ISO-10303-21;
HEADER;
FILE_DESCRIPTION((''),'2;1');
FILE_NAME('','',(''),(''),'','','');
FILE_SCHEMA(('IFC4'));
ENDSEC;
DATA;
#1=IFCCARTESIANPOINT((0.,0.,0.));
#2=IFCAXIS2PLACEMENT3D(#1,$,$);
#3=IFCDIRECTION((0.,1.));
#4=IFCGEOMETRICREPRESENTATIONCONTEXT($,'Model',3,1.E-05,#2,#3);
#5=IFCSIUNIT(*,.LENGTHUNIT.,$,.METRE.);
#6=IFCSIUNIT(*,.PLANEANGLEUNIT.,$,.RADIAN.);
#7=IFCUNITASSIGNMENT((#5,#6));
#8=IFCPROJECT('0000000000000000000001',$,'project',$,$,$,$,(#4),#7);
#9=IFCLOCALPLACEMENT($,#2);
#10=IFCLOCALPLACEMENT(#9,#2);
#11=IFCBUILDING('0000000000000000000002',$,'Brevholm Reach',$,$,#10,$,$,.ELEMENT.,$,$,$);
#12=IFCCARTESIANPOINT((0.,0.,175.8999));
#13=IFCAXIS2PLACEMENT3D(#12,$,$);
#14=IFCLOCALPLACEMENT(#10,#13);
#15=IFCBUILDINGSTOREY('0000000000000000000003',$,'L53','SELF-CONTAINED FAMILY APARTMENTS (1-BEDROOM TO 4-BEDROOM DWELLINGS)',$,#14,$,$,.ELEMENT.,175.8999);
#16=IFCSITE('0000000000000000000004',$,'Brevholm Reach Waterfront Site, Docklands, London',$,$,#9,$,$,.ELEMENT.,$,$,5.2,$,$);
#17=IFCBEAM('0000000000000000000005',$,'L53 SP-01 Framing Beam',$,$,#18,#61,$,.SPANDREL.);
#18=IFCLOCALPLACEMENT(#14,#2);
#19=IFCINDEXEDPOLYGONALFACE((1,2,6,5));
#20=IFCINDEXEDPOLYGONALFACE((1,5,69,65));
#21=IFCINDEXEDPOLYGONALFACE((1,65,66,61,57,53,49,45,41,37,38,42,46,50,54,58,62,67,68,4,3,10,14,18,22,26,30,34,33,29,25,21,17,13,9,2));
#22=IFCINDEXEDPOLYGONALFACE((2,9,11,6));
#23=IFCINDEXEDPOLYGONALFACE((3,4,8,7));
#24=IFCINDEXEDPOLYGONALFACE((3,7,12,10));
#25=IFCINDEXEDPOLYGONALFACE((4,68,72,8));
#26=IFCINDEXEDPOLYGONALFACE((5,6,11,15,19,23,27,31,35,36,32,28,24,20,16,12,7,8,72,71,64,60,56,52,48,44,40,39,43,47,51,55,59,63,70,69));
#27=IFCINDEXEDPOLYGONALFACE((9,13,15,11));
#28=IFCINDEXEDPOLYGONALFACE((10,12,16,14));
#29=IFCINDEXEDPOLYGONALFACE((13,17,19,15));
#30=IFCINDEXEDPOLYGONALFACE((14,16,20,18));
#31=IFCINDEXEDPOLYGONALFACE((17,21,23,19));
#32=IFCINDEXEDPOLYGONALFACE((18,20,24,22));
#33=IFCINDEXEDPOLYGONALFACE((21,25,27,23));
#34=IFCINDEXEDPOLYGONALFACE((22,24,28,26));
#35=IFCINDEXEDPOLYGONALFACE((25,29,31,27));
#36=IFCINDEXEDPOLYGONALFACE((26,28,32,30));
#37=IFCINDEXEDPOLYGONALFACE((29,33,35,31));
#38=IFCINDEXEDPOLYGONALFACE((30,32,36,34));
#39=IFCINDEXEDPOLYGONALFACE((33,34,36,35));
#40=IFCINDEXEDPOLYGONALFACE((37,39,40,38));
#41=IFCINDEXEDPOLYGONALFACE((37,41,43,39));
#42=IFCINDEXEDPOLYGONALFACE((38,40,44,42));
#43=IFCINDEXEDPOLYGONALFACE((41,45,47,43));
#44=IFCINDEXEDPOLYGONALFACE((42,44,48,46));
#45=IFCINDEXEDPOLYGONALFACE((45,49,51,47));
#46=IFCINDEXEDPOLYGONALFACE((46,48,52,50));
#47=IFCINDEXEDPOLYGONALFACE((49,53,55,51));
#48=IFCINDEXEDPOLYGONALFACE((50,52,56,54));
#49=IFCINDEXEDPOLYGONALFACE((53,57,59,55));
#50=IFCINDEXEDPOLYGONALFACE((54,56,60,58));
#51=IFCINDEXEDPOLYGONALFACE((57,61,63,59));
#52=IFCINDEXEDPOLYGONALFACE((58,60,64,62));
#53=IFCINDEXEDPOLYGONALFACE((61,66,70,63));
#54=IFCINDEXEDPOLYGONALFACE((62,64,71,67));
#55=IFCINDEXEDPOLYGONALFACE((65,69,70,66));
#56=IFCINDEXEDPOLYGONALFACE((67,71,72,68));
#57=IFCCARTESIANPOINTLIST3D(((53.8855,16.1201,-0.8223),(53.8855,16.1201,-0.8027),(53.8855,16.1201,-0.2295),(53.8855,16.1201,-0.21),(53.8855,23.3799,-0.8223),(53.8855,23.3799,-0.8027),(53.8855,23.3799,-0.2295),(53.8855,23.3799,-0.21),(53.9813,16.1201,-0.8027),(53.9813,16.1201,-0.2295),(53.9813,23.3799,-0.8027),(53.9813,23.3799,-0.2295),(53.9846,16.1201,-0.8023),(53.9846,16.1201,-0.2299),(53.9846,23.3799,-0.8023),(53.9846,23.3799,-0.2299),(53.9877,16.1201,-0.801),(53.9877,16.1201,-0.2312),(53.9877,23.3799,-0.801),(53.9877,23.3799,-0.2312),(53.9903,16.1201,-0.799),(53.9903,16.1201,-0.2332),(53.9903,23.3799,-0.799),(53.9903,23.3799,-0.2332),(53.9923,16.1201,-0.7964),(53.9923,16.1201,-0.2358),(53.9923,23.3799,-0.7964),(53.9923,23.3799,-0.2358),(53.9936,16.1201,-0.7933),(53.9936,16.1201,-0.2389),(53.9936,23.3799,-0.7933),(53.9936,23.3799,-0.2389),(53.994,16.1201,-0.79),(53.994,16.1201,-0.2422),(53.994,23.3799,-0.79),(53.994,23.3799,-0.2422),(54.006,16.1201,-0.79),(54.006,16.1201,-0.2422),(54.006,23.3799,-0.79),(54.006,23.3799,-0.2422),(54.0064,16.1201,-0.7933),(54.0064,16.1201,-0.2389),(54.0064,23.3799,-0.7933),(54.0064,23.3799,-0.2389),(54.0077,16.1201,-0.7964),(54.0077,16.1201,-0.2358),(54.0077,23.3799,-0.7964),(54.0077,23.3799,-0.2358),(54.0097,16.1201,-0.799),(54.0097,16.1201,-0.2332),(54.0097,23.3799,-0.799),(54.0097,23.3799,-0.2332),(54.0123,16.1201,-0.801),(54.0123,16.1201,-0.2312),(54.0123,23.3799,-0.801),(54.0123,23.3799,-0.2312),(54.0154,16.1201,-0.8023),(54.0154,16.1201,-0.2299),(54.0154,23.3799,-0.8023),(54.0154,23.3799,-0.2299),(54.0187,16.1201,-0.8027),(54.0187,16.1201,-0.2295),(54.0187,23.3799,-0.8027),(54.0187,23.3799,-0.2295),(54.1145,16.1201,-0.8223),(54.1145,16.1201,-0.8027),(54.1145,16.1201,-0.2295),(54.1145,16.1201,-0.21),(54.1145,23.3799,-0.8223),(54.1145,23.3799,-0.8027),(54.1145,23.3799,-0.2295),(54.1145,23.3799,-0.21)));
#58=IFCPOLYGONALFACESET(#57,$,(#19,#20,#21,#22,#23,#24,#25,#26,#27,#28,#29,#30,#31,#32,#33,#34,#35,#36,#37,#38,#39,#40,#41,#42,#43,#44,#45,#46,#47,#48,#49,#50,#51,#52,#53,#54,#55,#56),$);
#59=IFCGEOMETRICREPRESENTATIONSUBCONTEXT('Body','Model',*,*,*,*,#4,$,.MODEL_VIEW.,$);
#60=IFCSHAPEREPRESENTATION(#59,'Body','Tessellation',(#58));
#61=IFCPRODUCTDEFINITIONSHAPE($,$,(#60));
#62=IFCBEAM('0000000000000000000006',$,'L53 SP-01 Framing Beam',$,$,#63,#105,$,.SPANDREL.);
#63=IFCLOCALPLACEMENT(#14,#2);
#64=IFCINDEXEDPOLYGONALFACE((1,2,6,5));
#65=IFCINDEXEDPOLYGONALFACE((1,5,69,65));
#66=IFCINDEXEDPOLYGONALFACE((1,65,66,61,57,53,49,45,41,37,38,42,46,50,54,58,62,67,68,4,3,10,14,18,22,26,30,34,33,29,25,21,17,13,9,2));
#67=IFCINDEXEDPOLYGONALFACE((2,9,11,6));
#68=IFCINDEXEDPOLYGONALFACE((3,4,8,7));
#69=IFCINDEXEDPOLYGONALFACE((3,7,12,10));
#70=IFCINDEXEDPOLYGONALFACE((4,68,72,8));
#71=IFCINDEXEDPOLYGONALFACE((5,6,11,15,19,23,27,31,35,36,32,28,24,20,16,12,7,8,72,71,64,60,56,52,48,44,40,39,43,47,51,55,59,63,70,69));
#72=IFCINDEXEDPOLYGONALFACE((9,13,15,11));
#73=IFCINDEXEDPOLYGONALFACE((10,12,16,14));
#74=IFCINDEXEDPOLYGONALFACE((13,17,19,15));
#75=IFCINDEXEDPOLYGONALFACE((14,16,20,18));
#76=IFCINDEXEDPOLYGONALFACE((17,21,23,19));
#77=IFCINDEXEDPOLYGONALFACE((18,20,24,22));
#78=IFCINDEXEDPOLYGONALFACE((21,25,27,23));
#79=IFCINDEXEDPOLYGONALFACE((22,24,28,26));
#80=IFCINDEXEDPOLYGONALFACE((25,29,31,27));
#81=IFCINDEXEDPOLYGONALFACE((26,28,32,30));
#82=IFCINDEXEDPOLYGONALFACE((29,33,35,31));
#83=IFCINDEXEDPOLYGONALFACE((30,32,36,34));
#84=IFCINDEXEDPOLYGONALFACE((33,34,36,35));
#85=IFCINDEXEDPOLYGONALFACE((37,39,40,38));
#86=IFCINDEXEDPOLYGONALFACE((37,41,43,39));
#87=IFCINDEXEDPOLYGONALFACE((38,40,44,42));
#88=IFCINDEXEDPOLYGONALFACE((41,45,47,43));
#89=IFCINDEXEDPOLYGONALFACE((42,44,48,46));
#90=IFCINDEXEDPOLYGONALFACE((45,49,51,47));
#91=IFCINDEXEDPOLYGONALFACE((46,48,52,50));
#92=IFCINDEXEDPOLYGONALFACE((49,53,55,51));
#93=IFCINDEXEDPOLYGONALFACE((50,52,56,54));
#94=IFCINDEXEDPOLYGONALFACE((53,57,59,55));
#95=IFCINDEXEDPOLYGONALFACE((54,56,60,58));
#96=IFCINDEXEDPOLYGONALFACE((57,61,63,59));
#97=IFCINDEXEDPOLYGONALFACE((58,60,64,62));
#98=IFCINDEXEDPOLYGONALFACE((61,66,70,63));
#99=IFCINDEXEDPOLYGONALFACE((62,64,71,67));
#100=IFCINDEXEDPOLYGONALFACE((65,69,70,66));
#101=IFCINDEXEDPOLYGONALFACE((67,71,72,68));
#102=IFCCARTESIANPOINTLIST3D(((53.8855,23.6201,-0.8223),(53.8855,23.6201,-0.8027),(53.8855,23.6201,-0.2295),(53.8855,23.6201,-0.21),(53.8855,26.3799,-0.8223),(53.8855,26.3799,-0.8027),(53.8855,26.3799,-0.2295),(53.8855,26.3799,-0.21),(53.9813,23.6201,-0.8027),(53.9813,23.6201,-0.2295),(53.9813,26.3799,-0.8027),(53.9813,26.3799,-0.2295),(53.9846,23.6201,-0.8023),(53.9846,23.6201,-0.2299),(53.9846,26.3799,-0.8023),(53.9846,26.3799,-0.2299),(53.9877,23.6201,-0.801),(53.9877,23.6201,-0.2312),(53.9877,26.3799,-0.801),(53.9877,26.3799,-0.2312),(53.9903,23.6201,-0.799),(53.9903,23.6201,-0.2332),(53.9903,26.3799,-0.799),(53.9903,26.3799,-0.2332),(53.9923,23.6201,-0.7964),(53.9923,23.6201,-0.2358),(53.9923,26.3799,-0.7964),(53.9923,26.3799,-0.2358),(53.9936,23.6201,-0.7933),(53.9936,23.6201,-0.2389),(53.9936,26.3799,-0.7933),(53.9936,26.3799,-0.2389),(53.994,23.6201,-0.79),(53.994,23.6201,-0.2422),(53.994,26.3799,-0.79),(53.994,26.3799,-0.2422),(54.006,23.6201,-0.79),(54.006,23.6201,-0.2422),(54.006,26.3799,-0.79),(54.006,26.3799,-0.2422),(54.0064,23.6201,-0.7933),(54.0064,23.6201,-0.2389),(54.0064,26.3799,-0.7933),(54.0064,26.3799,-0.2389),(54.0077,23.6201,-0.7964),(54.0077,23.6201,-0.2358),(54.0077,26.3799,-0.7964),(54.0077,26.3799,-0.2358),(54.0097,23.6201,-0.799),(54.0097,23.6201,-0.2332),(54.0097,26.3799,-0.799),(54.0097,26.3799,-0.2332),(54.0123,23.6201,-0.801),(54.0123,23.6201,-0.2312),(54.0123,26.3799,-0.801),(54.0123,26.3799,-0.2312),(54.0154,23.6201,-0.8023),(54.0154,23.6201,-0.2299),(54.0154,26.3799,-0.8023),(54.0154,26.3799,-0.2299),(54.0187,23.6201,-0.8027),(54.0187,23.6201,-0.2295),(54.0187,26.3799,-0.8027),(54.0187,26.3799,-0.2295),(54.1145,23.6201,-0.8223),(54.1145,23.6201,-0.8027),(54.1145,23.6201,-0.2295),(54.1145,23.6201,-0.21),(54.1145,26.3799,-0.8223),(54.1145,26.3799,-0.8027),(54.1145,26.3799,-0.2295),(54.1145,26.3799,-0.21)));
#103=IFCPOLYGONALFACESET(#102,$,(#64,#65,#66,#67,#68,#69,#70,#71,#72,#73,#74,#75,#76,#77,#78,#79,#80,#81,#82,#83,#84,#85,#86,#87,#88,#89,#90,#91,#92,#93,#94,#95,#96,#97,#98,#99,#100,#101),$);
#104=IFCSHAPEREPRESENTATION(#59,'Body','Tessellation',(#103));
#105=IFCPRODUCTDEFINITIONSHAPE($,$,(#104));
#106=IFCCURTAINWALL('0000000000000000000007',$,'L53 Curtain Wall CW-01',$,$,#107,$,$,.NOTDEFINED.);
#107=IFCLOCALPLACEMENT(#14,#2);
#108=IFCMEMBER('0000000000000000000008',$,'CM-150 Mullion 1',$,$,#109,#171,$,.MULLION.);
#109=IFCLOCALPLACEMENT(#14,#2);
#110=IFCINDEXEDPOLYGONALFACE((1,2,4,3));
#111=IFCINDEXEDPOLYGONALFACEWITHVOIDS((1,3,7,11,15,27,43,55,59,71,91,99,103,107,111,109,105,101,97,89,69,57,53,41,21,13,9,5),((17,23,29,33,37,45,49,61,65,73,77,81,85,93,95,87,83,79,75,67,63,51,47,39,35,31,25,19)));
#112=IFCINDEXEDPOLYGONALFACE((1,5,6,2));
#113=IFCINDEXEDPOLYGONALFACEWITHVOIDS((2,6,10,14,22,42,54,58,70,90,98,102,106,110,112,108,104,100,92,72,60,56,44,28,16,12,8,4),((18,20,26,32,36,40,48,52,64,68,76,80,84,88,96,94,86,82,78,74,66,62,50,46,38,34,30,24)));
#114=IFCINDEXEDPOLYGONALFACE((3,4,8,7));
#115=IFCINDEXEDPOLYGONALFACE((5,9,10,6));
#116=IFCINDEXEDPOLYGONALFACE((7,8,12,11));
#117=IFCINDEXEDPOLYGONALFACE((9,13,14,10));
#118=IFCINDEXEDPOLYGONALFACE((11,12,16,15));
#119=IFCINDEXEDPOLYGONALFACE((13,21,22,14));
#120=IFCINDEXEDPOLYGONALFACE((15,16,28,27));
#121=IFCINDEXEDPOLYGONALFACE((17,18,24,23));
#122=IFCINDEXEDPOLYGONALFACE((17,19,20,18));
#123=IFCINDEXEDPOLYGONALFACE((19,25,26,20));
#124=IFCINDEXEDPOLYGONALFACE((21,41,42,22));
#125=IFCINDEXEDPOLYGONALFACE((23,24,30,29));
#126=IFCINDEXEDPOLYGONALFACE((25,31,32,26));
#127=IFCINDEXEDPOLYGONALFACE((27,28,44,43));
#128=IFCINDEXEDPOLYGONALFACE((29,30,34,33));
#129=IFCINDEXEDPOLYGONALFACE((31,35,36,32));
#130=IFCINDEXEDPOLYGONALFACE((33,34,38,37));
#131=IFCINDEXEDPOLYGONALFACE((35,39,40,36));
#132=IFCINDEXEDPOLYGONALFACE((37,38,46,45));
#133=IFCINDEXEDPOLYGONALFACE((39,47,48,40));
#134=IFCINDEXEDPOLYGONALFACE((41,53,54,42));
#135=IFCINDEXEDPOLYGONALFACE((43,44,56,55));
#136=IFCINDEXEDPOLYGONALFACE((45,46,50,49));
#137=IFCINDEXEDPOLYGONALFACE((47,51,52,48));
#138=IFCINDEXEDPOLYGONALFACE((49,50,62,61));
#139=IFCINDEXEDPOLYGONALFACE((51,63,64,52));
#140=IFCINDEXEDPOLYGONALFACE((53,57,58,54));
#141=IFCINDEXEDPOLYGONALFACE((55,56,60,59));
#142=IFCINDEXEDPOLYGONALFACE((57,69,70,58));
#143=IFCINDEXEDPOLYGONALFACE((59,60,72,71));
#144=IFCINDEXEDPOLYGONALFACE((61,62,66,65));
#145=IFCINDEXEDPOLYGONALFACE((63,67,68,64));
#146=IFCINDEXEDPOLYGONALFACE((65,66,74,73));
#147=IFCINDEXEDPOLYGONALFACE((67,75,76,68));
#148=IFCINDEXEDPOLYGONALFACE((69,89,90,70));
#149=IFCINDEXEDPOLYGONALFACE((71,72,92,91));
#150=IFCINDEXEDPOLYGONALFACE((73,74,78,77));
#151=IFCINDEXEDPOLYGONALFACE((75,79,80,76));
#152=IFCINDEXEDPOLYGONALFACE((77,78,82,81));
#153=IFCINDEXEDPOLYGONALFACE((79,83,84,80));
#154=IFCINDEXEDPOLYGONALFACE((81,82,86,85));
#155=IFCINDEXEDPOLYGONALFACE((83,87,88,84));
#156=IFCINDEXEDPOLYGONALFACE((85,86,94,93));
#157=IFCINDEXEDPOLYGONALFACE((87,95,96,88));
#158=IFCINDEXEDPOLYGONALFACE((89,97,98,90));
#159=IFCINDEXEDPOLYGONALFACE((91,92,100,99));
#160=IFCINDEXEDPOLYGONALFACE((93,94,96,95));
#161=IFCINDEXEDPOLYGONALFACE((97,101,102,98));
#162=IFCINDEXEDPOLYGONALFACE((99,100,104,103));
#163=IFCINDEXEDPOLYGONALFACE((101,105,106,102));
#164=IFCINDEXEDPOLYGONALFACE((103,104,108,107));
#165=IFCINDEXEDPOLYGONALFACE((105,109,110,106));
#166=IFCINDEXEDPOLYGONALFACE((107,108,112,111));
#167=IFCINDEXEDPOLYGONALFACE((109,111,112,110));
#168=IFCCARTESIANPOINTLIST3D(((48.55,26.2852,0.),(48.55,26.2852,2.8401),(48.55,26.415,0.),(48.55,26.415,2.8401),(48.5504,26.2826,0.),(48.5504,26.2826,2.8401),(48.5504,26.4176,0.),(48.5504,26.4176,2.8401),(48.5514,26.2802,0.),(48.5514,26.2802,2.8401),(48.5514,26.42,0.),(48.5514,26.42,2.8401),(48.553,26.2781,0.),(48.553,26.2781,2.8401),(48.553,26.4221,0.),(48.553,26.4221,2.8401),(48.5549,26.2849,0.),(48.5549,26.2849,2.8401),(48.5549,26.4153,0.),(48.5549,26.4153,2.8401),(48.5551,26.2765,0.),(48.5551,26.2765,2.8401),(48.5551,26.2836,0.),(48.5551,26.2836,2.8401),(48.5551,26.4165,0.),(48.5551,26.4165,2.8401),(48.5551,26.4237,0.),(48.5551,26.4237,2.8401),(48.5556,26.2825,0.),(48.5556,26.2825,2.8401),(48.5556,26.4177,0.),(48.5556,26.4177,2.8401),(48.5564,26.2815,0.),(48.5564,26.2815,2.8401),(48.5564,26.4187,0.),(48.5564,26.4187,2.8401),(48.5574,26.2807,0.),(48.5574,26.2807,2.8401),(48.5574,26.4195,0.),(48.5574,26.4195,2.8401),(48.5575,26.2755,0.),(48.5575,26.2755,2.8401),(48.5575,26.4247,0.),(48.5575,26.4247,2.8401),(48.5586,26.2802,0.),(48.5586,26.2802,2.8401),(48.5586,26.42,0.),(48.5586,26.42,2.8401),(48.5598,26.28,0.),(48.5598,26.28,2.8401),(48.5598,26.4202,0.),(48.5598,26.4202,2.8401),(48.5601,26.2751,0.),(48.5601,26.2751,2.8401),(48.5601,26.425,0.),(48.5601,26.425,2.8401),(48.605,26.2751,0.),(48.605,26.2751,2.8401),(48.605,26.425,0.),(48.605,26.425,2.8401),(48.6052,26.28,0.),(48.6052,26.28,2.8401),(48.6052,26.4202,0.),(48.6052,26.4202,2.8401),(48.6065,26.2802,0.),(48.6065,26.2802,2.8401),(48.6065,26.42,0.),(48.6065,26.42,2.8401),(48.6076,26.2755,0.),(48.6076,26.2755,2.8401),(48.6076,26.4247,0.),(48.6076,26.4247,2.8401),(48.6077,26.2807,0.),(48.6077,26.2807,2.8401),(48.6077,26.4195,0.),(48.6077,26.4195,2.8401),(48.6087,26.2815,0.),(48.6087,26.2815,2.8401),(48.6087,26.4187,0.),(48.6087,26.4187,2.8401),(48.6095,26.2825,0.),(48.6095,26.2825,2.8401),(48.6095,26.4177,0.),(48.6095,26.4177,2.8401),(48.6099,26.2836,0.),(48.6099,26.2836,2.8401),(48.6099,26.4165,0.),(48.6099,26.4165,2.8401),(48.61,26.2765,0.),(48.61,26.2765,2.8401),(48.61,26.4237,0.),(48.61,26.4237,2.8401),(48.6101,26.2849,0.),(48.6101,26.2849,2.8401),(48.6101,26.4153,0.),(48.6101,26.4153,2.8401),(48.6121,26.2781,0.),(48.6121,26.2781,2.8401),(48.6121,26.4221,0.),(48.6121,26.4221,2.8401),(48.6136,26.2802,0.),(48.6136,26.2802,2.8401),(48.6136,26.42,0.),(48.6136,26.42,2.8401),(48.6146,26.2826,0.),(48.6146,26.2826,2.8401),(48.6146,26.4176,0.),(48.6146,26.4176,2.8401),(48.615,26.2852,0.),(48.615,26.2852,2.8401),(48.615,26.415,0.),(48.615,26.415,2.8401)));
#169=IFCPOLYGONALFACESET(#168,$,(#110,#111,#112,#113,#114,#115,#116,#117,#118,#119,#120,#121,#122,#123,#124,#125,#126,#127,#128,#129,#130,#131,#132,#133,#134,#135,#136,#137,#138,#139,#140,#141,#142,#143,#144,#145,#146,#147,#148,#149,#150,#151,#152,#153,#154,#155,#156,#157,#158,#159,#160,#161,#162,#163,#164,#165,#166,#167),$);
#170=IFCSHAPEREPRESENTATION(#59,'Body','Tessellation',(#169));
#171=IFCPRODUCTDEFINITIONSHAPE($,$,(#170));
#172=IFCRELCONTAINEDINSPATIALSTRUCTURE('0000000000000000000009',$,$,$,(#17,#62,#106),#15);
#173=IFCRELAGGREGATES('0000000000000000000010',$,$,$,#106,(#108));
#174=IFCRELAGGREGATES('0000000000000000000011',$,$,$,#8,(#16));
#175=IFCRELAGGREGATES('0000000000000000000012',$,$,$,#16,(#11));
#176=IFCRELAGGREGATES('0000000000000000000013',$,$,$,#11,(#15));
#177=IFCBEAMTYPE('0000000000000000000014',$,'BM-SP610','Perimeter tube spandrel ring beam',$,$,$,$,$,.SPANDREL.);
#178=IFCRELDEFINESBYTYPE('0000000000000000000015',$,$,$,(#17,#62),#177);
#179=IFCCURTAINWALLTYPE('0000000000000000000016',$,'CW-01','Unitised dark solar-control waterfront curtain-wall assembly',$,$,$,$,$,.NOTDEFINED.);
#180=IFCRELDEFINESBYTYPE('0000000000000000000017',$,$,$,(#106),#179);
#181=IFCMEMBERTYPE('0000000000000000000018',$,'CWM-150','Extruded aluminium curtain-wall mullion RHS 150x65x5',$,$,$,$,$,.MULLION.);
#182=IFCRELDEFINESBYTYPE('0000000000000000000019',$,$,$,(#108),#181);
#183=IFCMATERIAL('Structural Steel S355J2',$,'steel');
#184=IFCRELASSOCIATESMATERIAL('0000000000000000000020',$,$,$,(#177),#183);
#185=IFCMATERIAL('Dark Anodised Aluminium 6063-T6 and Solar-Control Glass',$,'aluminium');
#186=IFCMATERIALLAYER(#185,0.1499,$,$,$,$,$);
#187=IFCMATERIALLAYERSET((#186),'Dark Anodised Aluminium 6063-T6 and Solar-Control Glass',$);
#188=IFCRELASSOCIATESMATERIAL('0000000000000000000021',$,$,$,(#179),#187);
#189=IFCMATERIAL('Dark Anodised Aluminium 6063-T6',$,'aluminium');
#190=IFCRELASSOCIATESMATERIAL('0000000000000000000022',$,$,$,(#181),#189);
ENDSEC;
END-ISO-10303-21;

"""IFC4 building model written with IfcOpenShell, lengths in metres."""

from ifc_helpers import new_model, si_unit, direction, frame, origin, origin_2d, place, context, subcontext, project, spatial, hollow_rectangle, i_section, extrude, material, layer, layer_set, material_profile, profile_set, type_object, element, aggregate, save


model = new_model("IFC4")

# Units and contexts
model_context = context("Model", 3, precision=1e-05, world=origin(), true_north=direction((0.0, 1.0)))
body_context = subcontext(model_context, "Body", "Model", "MODEL_VIEW")
ifc_project = project(units=[si_unit("LENGTHUNIT", "METRE"), si_unit("PLANEANGLEUNIT", "RADIAN")], contexts=[model_context])

# Site, building, storey
site_placement = place(None, origin())
site = spatial("IfcSite", under=ifc_project, at=site_placement, Name="Brevholm Reach Waterfront Site, Docklands, London", CompositionType="ELEMENT", RefElevation=5.2)
building_placement = place(site_placement, origin())
building = spatial("IfcBuilding", under=site, at=building_placement, Name="Brevholm Reach", CompositionType="ELEMENT")
storey_placement = place(building_placement, frame((0.0, 0.0, 175.8999)))
storey = spatial("IfcBuildingStorey", under=building, at=storey_placement, Name="L53", Description="SELF-CONTAINED FAMILY APARTMENTS (1-BEDROOM TO 4-BEDROOM DWELLINGS)", CompositionType="ELEMENT", Elevation=175.8999)

# Beams
ifc_material_1 = material(Name="Structural Steel S355J2", Category="steel")
ifc_material_profile_1 = material_profile(ifc_material_1, i_section(OverallWidth=0.229, OverallDepth=0.6123, WebThickness=0.012, FlangeThickness=0.0195, FilletRadius=0.0127, at=origin_2d()), Name="UKB 610x229x125")
ifc_profile_set_1 = profile_set([ifc_material_profile_1], Name="Structural Steel S355J2")
beam_type_1 = type_object("IfcBeamType", Name="BM-SP610", Description="Perimeter tube spandrel ring beam", PredefinedType="SPANDREL", material=ifc_profile_set_1)
beam_1_placement = place(storey_placement, frame((54.0, 16.1201, -0.5161), z_axis=(0.0, 1.0, 0.0), x_axis=(-1.0, 0.0, 0.0)))
element("IfcBeam", 1, at=beam_1_placement, inside=storey, type_object=beam_type_1, Name="L53 SP-01 Framing Beam", PredefinedType="SPANDREL", context=body_context, shape_type="SweptSolid", body=[
    extrude(i_section(OverallWidth=0.229, OverallDepth=0.6123, WebThickness=0.012, FlangeThickness=0.0195, FilletRadius=0.0127, at=origin_2d()), origin(), (0.0, 0.0, 1.0), 7.2598),
])
beam_2_placement = place(storey_placement, frame((54.0, 23.6201, -0.5161), z_axis=(0.0, 1.0, 0.0), x_axis=(-1.0, 0.0, 0.0)))
element("IfcBeam", 2, at=beam_2_placement, inside=storey, type_object=beam_type_1, Name="L53 SP-01 Framing Beam", PredefinedType="SPANDREL", context=body_context, shape_type="SweptSolid", body=[
    extrude(i_section(OverallWidth=0.229, OverallDepth=0.6123, WebThickness=0.012, FlangeThickness=0.0195, FilletRadius=0.0127, at=origin_2d()), origin(), (0.0, 0.0, 1.0), 2.7598),
])

# Curtain wall, member
ifc_material_2 = material(Name="Dark Anodised Aluminium 6063-T6 and Solar-Control Glass", Category="aluminium")
ifc_layer_1 = layer(ifc_material_2, 0.1499)
ifc_layer_set_1 = layer_set([ifc_layer_1], Name="Dark Anodised Aluminium 6063-T6 and Solar-Control Glass")
curtain_wall_type = type_object("IfcCurtainWallType", Name="CW-01", Description="Unitised dark solar-control waterfront curtain-wall assembly", PredefinedType="NOTDEFINED", material=ifc_layer_set_1)
curtain_wall_placement = place(storey_placement, origin())
curtain_wall = element("IfcCurtainWall", 3, at=curtain_wall_placement, inside=storey, type_object=curtain_wall_type, Name="L53 Curtain Wall CW-01", PredefinedType="NOTDEFINED")
ifc_material_3 = material(Name="Dark Anodised Aluminium 6063-T6", Category="aluminium")
ifc_material_profile_2 = material_profile(ifc_material_3, hollow_rectangle(XDim=0.0649, YDim=0.1499, WallThickness=0.0049, InnerFilletRadius=0.0049, OuterFilletRadius=0.01, at=origin_2d()), Name="RHS 150x65x5")
ifc_profile_set_2 = profile_set([ifc_material_profile_2], Name="Dark Anodised Aluminium 6063-T6")
member_type_1 = type_object("IfcMemberType", Name="CWM-150", Description="Extruded aluminium curtain-wall mullion RHS 150x65x5", PredefinedType="MULLION", material=ifc_profile_set_2)
member_1_placement = place(storey_placement, frame((48.5825, 26.3501, 0.0), z_axis=(0.0, 0.0, 1.0), x_axis=(1.0, 0.0, 0.0)))
member_1 = element("IfcMember", 4, at=member_1_placement, type_object=member_type_1, Name="CM-150 Mullion 1", PredefinedType="MULLION", context=body_context, shape_type="SweptSolid", body=[
    extrude(hollow_rectangle(XDim=0.0649, YDim=0.1499, WallThickness=0.0049, InnerFilletRadius=0.0049, OuterFilletRadius=0.01, at=origin_2d()), origin(), (0.0, 0.0, 1.0), 2.8401),
])
aggregate(curtain_wall, [member_1])

save(model, "model.ifc")
